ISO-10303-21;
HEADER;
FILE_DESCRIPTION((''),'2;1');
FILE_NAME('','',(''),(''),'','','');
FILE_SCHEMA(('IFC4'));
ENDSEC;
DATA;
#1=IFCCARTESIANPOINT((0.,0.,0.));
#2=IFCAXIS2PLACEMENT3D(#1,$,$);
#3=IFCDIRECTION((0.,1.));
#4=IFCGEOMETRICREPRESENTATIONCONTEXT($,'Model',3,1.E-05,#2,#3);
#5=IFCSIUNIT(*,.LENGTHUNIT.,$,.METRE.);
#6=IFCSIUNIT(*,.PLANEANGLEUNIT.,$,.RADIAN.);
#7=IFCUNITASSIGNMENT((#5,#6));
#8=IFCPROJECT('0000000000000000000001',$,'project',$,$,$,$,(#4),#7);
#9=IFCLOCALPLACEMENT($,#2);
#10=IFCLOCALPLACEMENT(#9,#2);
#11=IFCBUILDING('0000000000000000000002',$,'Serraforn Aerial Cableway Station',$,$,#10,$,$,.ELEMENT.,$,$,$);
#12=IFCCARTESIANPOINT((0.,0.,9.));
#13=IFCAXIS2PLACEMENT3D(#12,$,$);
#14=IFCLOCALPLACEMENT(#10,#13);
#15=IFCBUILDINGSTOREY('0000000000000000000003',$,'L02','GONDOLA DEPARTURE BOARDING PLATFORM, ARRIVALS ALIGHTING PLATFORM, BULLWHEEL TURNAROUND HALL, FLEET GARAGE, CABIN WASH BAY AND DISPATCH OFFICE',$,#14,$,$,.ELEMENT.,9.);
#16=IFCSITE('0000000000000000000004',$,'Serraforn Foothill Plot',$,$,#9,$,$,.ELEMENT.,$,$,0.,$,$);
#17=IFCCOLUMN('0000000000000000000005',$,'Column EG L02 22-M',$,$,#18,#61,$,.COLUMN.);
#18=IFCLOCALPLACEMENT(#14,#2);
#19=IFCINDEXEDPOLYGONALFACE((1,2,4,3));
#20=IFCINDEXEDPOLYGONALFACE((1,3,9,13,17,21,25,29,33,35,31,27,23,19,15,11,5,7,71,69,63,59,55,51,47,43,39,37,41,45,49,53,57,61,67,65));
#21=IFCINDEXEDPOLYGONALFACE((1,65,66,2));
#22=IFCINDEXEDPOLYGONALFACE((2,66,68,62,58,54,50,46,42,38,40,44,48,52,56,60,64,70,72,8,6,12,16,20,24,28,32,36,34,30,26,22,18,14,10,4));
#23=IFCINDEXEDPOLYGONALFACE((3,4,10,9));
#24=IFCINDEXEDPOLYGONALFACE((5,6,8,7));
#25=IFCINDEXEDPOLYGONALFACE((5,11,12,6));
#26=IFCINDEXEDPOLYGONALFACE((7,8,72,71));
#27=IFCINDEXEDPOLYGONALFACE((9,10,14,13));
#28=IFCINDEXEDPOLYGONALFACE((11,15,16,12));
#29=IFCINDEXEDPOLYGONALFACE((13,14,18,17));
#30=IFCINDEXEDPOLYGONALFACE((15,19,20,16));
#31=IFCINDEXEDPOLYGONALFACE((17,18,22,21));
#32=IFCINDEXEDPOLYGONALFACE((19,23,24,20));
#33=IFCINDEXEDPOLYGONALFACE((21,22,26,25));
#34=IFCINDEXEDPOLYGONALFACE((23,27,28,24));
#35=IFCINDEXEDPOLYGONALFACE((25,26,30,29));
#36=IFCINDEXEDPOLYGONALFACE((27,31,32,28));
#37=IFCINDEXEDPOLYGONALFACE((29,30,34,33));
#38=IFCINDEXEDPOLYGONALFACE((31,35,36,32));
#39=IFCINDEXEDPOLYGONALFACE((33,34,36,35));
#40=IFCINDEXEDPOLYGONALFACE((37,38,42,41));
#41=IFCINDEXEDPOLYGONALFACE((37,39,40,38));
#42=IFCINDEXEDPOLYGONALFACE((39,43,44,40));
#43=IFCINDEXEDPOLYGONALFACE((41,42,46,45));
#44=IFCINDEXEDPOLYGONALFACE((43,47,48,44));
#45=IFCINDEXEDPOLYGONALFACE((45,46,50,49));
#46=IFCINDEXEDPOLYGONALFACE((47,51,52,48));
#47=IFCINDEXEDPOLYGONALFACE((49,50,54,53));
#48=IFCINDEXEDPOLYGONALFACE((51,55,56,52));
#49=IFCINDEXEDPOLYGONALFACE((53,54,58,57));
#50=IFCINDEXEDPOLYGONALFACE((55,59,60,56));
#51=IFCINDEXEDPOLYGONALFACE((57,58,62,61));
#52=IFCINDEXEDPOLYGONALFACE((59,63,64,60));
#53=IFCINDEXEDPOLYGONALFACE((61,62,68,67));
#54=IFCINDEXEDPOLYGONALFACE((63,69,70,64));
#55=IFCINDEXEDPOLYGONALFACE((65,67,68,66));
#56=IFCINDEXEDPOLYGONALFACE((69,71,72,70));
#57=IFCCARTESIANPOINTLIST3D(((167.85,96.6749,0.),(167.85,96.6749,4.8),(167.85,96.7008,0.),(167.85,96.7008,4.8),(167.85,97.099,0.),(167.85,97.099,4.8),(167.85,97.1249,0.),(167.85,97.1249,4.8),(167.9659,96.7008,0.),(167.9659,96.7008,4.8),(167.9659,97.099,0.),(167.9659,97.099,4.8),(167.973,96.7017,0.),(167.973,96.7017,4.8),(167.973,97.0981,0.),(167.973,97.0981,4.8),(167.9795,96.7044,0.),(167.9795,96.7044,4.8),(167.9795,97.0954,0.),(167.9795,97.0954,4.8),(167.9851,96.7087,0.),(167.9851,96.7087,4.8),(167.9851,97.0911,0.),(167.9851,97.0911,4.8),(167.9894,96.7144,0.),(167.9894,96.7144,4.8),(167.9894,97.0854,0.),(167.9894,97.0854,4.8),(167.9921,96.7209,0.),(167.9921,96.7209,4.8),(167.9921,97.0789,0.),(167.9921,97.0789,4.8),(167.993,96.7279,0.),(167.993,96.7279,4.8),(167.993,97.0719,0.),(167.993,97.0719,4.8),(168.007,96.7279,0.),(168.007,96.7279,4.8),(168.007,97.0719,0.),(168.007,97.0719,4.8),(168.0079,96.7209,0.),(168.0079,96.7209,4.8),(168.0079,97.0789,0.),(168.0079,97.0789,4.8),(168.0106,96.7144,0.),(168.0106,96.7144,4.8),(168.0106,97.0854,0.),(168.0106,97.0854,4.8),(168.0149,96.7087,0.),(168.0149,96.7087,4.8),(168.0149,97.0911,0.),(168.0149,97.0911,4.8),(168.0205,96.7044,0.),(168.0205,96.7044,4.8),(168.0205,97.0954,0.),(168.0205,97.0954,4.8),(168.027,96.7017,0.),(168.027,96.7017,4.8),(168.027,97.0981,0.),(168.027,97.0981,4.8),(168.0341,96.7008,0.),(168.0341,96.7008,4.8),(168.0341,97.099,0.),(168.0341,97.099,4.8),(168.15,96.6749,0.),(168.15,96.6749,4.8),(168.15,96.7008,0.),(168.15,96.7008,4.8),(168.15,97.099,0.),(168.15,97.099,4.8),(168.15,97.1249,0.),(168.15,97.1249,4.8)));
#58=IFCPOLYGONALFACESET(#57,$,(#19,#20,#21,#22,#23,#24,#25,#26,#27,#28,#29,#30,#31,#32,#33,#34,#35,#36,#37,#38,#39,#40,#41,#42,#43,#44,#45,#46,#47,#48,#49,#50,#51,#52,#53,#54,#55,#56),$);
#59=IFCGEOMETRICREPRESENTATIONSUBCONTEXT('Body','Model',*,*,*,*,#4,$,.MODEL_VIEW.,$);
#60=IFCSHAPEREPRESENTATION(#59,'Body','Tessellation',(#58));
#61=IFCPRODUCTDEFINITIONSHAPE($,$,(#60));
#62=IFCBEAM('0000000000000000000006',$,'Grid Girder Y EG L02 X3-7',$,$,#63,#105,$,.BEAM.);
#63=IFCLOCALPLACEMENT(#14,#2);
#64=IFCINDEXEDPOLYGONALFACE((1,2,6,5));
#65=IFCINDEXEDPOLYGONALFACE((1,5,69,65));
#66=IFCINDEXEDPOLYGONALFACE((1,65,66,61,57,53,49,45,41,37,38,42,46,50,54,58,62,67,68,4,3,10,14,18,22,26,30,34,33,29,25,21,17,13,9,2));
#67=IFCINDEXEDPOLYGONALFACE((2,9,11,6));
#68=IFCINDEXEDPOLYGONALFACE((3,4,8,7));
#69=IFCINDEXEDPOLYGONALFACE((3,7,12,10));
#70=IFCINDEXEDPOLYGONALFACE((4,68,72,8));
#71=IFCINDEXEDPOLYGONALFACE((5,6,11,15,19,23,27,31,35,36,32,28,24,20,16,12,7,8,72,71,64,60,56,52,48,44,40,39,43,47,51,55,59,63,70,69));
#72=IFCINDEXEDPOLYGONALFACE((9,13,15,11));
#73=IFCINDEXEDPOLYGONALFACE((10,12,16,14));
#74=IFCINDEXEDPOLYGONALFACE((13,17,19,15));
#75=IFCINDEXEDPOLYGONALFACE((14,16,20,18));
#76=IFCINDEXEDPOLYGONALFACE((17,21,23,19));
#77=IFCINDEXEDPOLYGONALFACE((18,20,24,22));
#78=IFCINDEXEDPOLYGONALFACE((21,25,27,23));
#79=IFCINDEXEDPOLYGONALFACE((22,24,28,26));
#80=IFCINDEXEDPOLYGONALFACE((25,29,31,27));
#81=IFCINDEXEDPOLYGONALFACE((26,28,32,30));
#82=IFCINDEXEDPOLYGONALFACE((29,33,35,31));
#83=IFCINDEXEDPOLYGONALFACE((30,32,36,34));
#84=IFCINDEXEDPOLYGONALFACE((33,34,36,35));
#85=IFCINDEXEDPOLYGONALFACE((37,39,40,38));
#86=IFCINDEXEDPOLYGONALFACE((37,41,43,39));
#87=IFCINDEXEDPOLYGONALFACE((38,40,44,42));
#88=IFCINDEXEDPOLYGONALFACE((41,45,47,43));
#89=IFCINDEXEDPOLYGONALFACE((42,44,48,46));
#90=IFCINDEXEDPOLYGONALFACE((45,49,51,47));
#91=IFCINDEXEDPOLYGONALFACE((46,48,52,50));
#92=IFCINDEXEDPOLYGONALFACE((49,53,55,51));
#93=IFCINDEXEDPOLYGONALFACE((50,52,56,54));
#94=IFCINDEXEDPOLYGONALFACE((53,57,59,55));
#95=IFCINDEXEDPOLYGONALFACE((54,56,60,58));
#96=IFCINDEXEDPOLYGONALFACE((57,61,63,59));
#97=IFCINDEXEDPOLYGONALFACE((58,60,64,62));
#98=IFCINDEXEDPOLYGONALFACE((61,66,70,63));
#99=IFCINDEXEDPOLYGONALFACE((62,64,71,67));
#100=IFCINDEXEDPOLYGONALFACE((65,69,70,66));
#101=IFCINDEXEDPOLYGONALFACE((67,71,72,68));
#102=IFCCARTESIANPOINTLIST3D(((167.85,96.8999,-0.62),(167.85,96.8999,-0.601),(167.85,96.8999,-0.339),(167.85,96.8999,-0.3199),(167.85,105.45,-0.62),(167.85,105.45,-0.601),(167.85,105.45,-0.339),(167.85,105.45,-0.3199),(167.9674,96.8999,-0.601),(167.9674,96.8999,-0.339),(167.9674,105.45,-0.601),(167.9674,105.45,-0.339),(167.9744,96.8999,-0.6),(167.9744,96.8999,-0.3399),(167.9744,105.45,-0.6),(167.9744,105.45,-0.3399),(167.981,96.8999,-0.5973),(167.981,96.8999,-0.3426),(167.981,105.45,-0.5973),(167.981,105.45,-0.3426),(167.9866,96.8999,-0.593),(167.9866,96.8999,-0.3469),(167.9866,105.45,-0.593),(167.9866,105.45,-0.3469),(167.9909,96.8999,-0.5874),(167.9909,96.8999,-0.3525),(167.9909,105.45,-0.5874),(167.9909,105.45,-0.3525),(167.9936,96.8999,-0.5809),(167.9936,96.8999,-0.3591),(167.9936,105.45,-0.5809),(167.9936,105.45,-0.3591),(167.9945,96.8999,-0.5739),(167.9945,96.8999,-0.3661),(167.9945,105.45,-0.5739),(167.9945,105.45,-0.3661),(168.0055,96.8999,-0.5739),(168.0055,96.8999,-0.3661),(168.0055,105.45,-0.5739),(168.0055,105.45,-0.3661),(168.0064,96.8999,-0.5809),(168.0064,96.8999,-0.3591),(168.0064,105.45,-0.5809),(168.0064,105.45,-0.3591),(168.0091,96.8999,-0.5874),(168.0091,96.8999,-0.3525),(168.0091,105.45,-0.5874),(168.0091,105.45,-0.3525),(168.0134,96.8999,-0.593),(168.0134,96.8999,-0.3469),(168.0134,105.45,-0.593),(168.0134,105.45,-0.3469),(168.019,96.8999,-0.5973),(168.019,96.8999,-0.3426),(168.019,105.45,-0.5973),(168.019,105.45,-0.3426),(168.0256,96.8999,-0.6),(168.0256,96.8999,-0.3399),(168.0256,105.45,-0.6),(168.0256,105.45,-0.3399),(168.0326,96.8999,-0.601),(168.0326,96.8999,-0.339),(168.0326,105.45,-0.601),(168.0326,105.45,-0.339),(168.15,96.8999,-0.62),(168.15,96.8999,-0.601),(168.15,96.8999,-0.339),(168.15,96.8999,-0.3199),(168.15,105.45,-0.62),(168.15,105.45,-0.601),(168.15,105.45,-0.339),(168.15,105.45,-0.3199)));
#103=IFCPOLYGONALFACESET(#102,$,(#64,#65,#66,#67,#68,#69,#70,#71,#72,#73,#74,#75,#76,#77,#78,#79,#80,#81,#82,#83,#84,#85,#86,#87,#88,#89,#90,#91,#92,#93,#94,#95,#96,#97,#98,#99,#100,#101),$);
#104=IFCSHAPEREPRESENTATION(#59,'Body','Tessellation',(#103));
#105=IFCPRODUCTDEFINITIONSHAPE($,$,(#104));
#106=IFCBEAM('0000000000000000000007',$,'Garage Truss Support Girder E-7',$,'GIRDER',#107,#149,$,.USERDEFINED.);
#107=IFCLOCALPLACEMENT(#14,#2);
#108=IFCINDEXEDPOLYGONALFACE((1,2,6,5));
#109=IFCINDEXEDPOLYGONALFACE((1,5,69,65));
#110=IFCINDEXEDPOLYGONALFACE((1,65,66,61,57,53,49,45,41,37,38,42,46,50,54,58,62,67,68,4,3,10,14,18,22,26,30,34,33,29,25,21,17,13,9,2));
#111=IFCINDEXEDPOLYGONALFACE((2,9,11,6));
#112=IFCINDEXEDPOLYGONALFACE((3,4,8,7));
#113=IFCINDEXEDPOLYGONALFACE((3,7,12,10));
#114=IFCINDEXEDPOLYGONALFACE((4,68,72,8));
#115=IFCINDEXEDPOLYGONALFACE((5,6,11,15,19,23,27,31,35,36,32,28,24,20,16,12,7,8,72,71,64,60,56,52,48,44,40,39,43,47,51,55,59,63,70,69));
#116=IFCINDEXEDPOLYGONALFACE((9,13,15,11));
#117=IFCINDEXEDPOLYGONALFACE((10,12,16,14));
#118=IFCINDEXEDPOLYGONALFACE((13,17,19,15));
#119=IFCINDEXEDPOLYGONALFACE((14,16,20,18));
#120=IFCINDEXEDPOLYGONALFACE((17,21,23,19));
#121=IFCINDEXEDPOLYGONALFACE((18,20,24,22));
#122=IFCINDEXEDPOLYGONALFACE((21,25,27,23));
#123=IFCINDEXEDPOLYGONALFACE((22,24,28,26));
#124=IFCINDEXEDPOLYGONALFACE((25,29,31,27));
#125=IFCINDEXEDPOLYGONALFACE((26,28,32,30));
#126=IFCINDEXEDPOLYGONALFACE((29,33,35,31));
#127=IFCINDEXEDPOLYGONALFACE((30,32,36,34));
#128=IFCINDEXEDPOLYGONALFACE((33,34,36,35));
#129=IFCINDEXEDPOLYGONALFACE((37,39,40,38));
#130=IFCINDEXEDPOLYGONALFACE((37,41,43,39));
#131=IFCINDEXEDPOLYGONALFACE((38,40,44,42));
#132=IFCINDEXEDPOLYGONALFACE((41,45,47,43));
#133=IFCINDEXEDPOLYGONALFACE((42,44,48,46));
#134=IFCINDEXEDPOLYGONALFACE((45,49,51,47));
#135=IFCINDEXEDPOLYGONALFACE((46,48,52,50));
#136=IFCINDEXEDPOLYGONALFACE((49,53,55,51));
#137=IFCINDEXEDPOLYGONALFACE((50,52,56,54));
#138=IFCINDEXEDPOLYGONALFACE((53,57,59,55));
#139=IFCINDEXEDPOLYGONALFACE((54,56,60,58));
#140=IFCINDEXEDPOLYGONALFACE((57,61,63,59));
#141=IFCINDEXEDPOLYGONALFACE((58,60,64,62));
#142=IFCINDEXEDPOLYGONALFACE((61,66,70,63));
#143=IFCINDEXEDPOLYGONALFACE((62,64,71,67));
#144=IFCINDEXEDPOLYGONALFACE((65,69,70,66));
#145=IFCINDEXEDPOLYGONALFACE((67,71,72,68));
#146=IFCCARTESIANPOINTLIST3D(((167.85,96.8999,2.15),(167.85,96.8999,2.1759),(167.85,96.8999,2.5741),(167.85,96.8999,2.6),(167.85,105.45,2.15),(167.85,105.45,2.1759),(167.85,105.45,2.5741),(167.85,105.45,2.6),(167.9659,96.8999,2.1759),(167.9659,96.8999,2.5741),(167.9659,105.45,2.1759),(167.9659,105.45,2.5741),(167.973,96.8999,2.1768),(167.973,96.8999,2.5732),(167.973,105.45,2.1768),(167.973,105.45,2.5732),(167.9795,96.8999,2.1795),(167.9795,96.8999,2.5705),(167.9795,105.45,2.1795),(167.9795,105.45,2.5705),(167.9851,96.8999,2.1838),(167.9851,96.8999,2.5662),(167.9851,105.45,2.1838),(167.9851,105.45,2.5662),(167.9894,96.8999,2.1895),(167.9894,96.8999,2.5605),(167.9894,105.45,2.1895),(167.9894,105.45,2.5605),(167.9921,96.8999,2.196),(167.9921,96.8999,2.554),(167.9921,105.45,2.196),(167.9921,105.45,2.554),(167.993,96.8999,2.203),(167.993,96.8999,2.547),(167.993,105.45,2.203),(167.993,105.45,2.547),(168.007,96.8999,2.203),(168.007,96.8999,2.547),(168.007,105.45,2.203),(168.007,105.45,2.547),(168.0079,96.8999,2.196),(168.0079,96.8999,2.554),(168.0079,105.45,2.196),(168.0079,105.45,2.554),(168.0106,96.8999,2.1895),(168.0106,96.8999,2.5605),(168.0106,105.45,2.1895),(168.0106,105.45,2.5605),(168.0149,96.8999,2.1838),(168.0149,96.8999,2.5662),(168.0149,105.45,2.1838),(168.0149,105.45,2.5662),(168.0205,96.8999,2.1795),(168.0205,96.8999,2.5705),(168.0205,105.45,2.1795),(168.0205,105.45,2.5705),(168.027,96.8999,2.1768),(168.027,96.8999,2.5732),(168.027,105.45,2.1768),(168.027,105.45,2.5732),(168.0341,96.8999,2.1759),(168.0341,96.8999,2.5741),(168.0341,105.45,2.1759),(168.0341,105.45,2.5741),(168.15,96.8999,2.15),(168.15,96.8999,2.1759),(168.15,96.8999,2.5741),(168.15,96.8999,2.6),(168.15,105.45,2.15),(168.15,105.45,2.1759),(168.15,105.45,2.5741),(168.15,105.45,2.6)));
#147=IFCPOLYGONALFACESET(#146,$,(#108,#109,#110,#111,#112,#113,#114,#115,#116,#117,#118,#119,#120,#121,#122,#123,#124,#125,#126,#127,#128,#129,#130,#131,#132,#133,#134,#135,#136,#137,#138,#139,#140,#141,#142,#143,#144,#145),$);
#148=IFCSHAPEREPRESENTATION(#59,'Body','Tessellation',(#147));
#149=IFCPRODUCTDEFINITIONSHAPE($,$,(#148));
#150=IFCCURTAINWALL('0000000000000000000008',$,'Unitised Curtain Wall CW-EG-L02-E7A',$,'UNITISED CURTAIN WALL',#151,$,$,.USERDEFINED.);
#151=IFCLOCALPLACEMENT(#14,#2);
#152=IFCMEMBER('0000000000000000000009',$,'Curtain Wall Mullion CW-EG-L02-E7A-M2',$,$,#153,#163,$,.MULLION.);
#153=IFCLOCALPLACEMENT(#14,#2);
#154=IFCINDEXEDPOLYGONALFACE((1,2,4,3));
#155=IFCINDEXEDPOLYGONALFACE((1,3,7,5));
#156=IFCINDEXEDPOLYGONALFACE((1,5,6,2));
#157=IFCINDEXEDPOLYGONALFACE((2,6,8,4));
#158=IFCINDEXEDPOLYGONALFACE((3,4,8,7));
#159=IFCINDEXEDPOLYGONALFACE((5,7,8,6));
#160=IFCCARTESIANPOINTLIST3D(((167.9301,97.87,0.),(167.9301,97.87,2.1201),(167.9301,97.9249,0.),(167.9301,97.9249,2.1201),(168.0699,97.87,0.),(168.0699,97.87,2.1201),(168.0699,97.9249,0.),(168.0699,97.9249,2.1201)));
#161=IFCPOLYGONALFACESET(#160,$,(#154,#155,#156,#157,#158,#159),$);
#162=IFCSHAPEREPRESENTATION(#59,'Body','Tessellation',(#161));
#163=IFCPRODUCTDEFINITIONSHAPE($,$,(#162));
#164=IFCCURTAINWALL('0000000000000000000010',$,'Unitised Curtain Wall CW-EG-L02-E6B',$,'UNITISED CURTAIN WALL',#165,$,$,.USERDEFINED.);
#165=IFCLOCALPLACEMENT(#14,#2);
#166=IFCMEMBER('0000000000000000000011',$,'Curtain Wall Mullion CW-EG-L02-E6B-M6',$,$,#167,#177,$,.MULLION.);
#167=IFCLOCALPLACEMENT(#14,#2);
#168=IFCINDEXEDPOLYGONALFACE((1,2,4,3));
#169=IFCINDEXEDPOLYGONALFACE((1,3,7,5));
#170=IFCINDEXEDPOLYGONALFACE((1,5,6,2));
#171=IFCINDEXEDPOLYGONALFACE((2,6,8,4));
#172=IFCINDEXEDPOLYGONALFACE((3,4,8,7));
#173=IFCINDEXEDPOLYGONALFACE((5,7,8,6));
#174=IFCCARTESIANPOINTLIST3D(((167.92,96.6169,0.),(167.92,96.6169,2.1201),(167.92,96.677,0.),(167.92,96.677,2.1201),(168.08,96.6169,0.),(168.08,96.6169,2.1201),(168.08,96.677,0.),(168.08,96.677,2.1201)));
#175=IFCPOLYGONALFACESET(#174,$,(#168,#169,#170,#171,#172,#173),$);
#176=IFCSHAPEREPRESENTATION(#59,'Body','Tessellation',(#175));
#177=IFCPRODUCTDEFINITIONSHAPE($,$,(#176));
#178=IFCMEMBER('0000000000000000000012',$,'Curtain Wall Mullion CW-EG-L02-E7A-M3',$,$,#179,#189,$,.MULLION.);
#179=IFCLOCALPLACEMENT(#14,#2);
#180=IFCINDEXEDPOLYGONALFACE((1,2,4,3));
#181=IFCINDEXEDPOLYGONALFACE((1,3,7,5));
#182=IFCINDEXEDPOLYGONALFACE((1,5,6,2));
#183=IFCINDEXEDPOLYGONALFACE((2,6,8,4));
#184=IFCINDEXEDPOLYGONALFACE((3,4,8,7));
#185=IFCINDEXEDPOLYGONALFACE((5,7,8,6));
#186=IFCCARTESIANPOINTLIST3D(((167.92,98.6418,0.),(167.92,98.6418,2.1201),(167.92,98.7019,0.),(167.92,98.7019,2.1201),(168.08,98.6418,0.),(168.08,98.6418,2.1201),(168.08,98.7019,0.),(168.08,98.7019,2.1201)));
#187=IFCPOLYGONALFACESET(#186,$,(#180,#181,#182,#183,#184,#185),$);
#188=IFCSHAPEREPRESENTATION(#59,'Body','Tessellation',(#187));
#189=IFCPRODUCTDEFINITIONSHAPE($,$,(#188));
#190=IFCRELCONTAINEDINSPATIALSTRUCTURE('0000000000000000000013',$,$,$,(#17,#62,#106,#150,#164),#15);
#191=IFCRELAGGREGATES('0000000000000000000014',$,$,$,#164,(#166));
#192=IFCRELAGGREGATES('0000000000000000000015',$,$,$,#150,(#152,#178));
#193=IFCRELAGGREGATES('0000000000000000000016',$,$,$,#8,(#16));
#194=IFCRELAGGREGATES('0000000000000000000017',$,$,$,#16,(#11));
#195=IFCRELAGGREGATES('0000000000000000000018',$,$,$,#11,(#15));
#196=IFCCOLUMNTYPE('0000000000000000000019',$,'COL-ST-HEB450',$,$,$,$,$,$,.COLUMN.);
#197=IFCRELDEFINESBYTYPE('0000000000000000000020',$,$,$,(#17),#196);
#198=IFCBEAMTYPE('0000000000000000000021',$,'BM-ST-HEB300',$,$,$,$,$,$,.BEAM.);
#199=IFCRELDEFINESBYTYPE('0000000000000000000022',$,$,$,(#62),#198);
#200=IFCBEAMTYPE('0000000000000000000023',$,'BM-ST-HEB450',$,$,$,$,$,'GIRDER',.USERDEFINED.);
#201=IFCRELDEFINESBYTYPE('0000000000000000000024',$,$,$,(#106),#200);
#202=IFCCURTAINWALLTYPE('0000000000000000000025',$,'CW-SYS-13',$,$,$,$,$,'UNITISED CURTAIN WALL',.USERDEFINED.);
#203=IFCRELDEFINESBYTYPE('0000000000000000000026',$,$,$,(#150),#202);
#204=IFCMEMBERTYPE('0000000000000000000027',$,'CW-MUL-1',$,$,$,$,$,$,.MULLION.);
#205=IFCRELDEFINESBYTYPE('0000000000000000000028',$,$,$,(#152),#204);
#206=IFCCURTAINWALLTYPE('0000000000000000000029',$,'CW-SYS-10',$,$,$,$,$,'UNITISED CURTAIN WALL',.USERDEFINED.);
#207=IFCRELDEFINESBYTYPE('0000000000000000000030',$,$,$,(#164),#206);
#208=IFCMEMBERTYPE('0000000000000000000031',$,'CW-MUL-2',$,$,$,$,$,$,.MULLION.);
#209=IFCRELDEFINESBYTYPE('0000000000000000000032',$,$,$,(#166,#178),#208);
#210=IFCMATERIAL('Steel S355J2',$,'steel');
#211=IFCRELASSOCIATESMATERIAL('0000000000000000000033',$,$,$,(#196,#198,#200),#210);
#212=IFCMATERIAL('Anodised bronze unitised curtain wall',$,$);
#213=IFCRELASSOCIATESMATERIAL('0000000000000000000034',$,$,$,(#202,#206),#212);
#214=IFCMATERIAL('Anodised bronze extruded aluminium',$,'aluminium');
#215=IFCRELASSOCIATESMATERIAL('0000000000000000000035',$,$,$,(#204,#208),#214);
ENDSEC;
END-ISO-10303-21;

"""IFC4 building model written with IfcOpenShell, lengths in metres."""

from ifc_helpers import new_model, si_unit, direction, frame, origin, origin_2d, place, context, subcontext, project, spatial, rectangle, i_section, extrude, material, material_profile, profile_set, type_object, element, aggregate, save


model = new_model("IFC4")

# Units and contexts
model_context = context("Model", 3, precision=1e-05, world=origin(), true_north=direction((0.0, 1.0)))
body_context = subcontext(model_context, "Body", "Model", "MODEL_VIEW")
ifc_project = project(units=[si_unit("LENGTHUNIT", "METRE"), si_unit("PLANEANGLEUNIT", "RADIAN")], contexts=[model_context])

# Site, building, storey
site_placement = place(None, origin())
site = spatial("IfcSite", under=ifc_project, at=site_placement, Name="Serraforn Foothill Plot", CompositionType="ELEMENT", RefElevation=0.0)
building_placement = place(site_placement, origin())
building = spatial("IfcBuilding", under=site, at=building_placement, Name="Serraforn Aerial Cableway Station", CompositionType="ELEMENT")
storey_placement = place(building_placement, frame((0.0, 0.0, 9.0)))
storey = spatial("IfcBuildingStorey", under=building, at=storey_placement, Name="L02", Description="GONDOLA DEPARTURE BOARDING PLATFORM, ARRIVALS ALIGHTING PLATFORM, BULLWHEEL TURNAROUND HALL, FLEET GARAGE, CABIN WASH BAY AND DISPATCH OFFICE", CompositionType="ELEMENT", Elevation=9.0)

# Column
ifc_material_1 = material(Name="Steel S355J2", Category="steel")
ifc_material_profile_1 = material_profile(ifc_material_1, i_section(OverallWidth=0.3, OverallDepth=0.45, WebThickness=0.0139, FlangeThickness=0.0259, FilletRadius=0.0271, at=origin_2d()), Name="HEB 450")
ifc_profile_set_1 = profile_set([ifc_material_profile_1], Name="Steel S355J2")
column_type = type_object("IfcColumnType", Name="COL-ST-HEB450", PredefinedType="COLUMN", material=ifc_profile_set_1)
column_placement = place(storey_placement, frame((168.0, 96.8999, 0.0), z_axis=(0.0, 0.0, 1.0), x_axis=(1.0, 0.0, 0.0)))
element("IfcColumn", 1, at=column_placement, inside=storey, type_object=column_type, Name="Column EG L02 22-M", PredefinedType="COLUMN", context=body_context, shape_type="SweptSolid", body=[
    extrude(i_section(OverallWidth=0.3, OverallDepth=0.45, WebThickness=0.0139, FlangeThickness=0.0259, FilletRadius=0.0271, at=origin_2d()), origin(), (0.0, 0.0, 1.0), 4.8),
])

# Beams
ifc_material_profile_2 = material_profile(ifc_material_1, i_section(OverallWidth=0.3, OverallDepth=0.3, WebThickness=0.011, FlangeThickness=0.019, FilletRadius=0.0271, at=origin_2d()), Name="HEB 300")
ifc_profile_set_2 = profile_set([ifc_material_profile_2], Name="Steel S355J2")
beam_type_1 = type_object("IfcBeamType", Name="BM-ST-HEB300", PredefinedType="BEAM", material=ifc_profile_set_2)
beam_1_placement = place(storey_placement, frame((168.0, 96.8999, -0.47), z_axis=(0.0, 1.0, 0.0), x_axis=(-1.0, 0.0, 0.0)))
element("IfcBeam", 2, at=beam_1_placement, inside=storey, type_object=beam_type_1, Name="Grid Girder Y EG L02 X3-7", PredefinedType="BEAM", context=body_context, shape_type="SweptSolid", body=[
    extrude(i_section(OverallWidth=0.3, OverallDepth=0.3, WebThickness=0.011, FlangeThickness=0.019, FilletRadius=0.0271, at=origin_2d()), origin(), (0.0, 0.0, 1.0), 8.55),
])
ifc_material_profile_3 = material_profile(ifc_material_1, i_section(OverallWidth=0.3, OverallDepth=0.45, WebThickness=0.0139, FlangeThickness=0.0259, FilletRadius=0.0271, at=origin_2d()), Name="HEB 450")
ifc_profile_set_3 = profile_set([ifc_material_profile_3], Name="Steel S355J2")
beam_type_2 = type_object("IfcBeamType", Name="BM-ST-HEB450", ElementType="GIRDER", PredefinedType="USERDEFINED", material=ifc_profile_set_3)
beam_2_placement = place(storey_placement, frame((168.0, 96.8999, 2.375), z_axis=(0.0, 1.0, 0.0), x_axis=(-1.0, 0.0, 0.0)))
element("IfcBeam", 3, at=beam_2_placement, inside=storey, type_object=beam_type_2, Name="Garage Truss Support Girder E-7", ObjectType="GIRDER", PredefinedType="USERDEFINED", context=body_context, shape_type="SweptSolid", body=[
    extrude(i_section(OverallWidth=0.3, OverallDepth=0.45, WebThickness=0.0139, FlangeThickness=0.0259, FilletRadius=0.0271, at=origin_2d()), origin(), (0.0, 0.0, 1.0), 8.55),
])

# Curtain walls, members
ifc_material_2 = material(Name="Anodised bronze unitised curtain wall")
curtain_wall_type_1 = type_object("IfcCurtainWallType", Name="CW-SYS-13", ElementType="UNITISED CURTAIN WALL", PredefinedType="USERDEFINED", material=ifc_material_2)
curtain_wall_1_placement = place(storey_placement, origin())
curtain_wall_1 = element("IfcCurtainWall", 4, at=curtain_wall_1_placement, inside=storey, type_object=curtain_wall_type_1, Name="Unitised Curtain Wall CW-EG-L02-E7A", ObjectType="UNITISED CURTAIN WALL", PredefinedType="USERDEFINED")
ifc_material_3 = material(Name="Anodised bronze extruded aluminium", Category="aluminium")
ifc_material_profile_4 = material_profile(ifc_material_3, rectangle(XDim=0.0549, YDim=0.1399, at=origin_2d()), Name="CW MULLION 55x140")
ifc_profile_set_4 = profile_set([ifc_material_profile_4], Name="Anodised bronze extruded aluminium")
member_type_1 = type_object("IfcMemberType", Name="CW-MUL-1", PredefinedType="MULLION", material=ifc_profile_set_4)
member_1_placement = place(storey_placement, frame((168.0, 97.8975, 0.0), z_axis=(0.0, 0.0, 1.0), x_axis=(0.0, 1.0, 0.0)))
member_1 = element("IfcMember", 5, at=member_1_placement, type_object=member_type_1, Name="Curtain Wall Mullion CW-EG-L02-E7A-M2", PredefinedType="MULLION", context=body_context, shape_type="SweptSolid", body=[
    extrude(rectangle(XDim=0.0549, YDim=0.1399, at=origin_2d()), origin(), (0.0, 0.0, 1.0), 2.1201),
])
curtain_wall_type_2 = type_object("IfcCurtainWallType", Name="CW-SYS-10", ElementType="UNITISED CURTAIN WALL", PredefinedType="USERDEFINED", material=ifc_material_2)
curtain_wall_2_placement = place(storey_placement, origin())
curtain_wall_2 = element("IfcCurtainWall", 6, at=curtain_wall_2_placement, inside=storey, type_object=curtain_wall_type_2, Name="Unitised Curtain Wall CW-EG-L02-E6B", ObjectType="UNITISED CURTAIN WALL", PredefinedType="USERDEFINED")
ifc_material_profile_5 = material_profile(ifc_material_3, rectangle(XDim=0.0601, YDim=0.1599, at=origin_2d()), Name="CW MULLION 60x160")
ifc_profile_set_5 = profile_set([ifc_material_profile_5], Name="Anodised bronze extruded aluminium")
member_type_2 = type_object("IfcMemberType", Name="CW-MUL-2", PredefinedType="MULLION", material=ifc_profile_set_5)
member_2_placement = place(storey_placement, frame((168.0, 96.647, 0.0), z_axis=(0.0, 0.0, 1.0), x_axis=(0.0, 1.0, 0.0)))
member_2 = element("IfcMember", 7, at=member_2_placement, type_object=member_type_2, Name="Curtain Wall Mullion CW-EG-L02-E6B-M6", PredefinedType="MULLION", context=body_context, shape_type="SweptSolid", body=[
    extrude(rectangle(XDim=0.0601, YDim=0.1599, at=origin_2d()), origin(), (0.0, 0.0, 1.0), 2.1201),
])

# Member
member_3_placement = place(storey_placement, frame((168.0, 98.6719, 0.0), z_axis=(0.0, 0.0, 1.0), x_axis=(0.0, 1.0, 0.0)))
member_3 = element("IfcMember", 8, at=member_3_placement, type_object=member_type_2, Name="Curtain Wall Mullion CW-EG-L02-E7A-M3", PredefinedType="MULLION", context=body_context, shape_type="SweptSolid", body=[
    extrude(rectangle(XDim=0.0601, YDim=0.1599, at=origin_2d()), origin(), (0.0, 0.0, 1.0), 2.1201),
])

aggregate(curtain_wall_2, [member_2])
aggregate(curtain_wall_1, [member_1, member_3])

save(model, "model.ifc")
